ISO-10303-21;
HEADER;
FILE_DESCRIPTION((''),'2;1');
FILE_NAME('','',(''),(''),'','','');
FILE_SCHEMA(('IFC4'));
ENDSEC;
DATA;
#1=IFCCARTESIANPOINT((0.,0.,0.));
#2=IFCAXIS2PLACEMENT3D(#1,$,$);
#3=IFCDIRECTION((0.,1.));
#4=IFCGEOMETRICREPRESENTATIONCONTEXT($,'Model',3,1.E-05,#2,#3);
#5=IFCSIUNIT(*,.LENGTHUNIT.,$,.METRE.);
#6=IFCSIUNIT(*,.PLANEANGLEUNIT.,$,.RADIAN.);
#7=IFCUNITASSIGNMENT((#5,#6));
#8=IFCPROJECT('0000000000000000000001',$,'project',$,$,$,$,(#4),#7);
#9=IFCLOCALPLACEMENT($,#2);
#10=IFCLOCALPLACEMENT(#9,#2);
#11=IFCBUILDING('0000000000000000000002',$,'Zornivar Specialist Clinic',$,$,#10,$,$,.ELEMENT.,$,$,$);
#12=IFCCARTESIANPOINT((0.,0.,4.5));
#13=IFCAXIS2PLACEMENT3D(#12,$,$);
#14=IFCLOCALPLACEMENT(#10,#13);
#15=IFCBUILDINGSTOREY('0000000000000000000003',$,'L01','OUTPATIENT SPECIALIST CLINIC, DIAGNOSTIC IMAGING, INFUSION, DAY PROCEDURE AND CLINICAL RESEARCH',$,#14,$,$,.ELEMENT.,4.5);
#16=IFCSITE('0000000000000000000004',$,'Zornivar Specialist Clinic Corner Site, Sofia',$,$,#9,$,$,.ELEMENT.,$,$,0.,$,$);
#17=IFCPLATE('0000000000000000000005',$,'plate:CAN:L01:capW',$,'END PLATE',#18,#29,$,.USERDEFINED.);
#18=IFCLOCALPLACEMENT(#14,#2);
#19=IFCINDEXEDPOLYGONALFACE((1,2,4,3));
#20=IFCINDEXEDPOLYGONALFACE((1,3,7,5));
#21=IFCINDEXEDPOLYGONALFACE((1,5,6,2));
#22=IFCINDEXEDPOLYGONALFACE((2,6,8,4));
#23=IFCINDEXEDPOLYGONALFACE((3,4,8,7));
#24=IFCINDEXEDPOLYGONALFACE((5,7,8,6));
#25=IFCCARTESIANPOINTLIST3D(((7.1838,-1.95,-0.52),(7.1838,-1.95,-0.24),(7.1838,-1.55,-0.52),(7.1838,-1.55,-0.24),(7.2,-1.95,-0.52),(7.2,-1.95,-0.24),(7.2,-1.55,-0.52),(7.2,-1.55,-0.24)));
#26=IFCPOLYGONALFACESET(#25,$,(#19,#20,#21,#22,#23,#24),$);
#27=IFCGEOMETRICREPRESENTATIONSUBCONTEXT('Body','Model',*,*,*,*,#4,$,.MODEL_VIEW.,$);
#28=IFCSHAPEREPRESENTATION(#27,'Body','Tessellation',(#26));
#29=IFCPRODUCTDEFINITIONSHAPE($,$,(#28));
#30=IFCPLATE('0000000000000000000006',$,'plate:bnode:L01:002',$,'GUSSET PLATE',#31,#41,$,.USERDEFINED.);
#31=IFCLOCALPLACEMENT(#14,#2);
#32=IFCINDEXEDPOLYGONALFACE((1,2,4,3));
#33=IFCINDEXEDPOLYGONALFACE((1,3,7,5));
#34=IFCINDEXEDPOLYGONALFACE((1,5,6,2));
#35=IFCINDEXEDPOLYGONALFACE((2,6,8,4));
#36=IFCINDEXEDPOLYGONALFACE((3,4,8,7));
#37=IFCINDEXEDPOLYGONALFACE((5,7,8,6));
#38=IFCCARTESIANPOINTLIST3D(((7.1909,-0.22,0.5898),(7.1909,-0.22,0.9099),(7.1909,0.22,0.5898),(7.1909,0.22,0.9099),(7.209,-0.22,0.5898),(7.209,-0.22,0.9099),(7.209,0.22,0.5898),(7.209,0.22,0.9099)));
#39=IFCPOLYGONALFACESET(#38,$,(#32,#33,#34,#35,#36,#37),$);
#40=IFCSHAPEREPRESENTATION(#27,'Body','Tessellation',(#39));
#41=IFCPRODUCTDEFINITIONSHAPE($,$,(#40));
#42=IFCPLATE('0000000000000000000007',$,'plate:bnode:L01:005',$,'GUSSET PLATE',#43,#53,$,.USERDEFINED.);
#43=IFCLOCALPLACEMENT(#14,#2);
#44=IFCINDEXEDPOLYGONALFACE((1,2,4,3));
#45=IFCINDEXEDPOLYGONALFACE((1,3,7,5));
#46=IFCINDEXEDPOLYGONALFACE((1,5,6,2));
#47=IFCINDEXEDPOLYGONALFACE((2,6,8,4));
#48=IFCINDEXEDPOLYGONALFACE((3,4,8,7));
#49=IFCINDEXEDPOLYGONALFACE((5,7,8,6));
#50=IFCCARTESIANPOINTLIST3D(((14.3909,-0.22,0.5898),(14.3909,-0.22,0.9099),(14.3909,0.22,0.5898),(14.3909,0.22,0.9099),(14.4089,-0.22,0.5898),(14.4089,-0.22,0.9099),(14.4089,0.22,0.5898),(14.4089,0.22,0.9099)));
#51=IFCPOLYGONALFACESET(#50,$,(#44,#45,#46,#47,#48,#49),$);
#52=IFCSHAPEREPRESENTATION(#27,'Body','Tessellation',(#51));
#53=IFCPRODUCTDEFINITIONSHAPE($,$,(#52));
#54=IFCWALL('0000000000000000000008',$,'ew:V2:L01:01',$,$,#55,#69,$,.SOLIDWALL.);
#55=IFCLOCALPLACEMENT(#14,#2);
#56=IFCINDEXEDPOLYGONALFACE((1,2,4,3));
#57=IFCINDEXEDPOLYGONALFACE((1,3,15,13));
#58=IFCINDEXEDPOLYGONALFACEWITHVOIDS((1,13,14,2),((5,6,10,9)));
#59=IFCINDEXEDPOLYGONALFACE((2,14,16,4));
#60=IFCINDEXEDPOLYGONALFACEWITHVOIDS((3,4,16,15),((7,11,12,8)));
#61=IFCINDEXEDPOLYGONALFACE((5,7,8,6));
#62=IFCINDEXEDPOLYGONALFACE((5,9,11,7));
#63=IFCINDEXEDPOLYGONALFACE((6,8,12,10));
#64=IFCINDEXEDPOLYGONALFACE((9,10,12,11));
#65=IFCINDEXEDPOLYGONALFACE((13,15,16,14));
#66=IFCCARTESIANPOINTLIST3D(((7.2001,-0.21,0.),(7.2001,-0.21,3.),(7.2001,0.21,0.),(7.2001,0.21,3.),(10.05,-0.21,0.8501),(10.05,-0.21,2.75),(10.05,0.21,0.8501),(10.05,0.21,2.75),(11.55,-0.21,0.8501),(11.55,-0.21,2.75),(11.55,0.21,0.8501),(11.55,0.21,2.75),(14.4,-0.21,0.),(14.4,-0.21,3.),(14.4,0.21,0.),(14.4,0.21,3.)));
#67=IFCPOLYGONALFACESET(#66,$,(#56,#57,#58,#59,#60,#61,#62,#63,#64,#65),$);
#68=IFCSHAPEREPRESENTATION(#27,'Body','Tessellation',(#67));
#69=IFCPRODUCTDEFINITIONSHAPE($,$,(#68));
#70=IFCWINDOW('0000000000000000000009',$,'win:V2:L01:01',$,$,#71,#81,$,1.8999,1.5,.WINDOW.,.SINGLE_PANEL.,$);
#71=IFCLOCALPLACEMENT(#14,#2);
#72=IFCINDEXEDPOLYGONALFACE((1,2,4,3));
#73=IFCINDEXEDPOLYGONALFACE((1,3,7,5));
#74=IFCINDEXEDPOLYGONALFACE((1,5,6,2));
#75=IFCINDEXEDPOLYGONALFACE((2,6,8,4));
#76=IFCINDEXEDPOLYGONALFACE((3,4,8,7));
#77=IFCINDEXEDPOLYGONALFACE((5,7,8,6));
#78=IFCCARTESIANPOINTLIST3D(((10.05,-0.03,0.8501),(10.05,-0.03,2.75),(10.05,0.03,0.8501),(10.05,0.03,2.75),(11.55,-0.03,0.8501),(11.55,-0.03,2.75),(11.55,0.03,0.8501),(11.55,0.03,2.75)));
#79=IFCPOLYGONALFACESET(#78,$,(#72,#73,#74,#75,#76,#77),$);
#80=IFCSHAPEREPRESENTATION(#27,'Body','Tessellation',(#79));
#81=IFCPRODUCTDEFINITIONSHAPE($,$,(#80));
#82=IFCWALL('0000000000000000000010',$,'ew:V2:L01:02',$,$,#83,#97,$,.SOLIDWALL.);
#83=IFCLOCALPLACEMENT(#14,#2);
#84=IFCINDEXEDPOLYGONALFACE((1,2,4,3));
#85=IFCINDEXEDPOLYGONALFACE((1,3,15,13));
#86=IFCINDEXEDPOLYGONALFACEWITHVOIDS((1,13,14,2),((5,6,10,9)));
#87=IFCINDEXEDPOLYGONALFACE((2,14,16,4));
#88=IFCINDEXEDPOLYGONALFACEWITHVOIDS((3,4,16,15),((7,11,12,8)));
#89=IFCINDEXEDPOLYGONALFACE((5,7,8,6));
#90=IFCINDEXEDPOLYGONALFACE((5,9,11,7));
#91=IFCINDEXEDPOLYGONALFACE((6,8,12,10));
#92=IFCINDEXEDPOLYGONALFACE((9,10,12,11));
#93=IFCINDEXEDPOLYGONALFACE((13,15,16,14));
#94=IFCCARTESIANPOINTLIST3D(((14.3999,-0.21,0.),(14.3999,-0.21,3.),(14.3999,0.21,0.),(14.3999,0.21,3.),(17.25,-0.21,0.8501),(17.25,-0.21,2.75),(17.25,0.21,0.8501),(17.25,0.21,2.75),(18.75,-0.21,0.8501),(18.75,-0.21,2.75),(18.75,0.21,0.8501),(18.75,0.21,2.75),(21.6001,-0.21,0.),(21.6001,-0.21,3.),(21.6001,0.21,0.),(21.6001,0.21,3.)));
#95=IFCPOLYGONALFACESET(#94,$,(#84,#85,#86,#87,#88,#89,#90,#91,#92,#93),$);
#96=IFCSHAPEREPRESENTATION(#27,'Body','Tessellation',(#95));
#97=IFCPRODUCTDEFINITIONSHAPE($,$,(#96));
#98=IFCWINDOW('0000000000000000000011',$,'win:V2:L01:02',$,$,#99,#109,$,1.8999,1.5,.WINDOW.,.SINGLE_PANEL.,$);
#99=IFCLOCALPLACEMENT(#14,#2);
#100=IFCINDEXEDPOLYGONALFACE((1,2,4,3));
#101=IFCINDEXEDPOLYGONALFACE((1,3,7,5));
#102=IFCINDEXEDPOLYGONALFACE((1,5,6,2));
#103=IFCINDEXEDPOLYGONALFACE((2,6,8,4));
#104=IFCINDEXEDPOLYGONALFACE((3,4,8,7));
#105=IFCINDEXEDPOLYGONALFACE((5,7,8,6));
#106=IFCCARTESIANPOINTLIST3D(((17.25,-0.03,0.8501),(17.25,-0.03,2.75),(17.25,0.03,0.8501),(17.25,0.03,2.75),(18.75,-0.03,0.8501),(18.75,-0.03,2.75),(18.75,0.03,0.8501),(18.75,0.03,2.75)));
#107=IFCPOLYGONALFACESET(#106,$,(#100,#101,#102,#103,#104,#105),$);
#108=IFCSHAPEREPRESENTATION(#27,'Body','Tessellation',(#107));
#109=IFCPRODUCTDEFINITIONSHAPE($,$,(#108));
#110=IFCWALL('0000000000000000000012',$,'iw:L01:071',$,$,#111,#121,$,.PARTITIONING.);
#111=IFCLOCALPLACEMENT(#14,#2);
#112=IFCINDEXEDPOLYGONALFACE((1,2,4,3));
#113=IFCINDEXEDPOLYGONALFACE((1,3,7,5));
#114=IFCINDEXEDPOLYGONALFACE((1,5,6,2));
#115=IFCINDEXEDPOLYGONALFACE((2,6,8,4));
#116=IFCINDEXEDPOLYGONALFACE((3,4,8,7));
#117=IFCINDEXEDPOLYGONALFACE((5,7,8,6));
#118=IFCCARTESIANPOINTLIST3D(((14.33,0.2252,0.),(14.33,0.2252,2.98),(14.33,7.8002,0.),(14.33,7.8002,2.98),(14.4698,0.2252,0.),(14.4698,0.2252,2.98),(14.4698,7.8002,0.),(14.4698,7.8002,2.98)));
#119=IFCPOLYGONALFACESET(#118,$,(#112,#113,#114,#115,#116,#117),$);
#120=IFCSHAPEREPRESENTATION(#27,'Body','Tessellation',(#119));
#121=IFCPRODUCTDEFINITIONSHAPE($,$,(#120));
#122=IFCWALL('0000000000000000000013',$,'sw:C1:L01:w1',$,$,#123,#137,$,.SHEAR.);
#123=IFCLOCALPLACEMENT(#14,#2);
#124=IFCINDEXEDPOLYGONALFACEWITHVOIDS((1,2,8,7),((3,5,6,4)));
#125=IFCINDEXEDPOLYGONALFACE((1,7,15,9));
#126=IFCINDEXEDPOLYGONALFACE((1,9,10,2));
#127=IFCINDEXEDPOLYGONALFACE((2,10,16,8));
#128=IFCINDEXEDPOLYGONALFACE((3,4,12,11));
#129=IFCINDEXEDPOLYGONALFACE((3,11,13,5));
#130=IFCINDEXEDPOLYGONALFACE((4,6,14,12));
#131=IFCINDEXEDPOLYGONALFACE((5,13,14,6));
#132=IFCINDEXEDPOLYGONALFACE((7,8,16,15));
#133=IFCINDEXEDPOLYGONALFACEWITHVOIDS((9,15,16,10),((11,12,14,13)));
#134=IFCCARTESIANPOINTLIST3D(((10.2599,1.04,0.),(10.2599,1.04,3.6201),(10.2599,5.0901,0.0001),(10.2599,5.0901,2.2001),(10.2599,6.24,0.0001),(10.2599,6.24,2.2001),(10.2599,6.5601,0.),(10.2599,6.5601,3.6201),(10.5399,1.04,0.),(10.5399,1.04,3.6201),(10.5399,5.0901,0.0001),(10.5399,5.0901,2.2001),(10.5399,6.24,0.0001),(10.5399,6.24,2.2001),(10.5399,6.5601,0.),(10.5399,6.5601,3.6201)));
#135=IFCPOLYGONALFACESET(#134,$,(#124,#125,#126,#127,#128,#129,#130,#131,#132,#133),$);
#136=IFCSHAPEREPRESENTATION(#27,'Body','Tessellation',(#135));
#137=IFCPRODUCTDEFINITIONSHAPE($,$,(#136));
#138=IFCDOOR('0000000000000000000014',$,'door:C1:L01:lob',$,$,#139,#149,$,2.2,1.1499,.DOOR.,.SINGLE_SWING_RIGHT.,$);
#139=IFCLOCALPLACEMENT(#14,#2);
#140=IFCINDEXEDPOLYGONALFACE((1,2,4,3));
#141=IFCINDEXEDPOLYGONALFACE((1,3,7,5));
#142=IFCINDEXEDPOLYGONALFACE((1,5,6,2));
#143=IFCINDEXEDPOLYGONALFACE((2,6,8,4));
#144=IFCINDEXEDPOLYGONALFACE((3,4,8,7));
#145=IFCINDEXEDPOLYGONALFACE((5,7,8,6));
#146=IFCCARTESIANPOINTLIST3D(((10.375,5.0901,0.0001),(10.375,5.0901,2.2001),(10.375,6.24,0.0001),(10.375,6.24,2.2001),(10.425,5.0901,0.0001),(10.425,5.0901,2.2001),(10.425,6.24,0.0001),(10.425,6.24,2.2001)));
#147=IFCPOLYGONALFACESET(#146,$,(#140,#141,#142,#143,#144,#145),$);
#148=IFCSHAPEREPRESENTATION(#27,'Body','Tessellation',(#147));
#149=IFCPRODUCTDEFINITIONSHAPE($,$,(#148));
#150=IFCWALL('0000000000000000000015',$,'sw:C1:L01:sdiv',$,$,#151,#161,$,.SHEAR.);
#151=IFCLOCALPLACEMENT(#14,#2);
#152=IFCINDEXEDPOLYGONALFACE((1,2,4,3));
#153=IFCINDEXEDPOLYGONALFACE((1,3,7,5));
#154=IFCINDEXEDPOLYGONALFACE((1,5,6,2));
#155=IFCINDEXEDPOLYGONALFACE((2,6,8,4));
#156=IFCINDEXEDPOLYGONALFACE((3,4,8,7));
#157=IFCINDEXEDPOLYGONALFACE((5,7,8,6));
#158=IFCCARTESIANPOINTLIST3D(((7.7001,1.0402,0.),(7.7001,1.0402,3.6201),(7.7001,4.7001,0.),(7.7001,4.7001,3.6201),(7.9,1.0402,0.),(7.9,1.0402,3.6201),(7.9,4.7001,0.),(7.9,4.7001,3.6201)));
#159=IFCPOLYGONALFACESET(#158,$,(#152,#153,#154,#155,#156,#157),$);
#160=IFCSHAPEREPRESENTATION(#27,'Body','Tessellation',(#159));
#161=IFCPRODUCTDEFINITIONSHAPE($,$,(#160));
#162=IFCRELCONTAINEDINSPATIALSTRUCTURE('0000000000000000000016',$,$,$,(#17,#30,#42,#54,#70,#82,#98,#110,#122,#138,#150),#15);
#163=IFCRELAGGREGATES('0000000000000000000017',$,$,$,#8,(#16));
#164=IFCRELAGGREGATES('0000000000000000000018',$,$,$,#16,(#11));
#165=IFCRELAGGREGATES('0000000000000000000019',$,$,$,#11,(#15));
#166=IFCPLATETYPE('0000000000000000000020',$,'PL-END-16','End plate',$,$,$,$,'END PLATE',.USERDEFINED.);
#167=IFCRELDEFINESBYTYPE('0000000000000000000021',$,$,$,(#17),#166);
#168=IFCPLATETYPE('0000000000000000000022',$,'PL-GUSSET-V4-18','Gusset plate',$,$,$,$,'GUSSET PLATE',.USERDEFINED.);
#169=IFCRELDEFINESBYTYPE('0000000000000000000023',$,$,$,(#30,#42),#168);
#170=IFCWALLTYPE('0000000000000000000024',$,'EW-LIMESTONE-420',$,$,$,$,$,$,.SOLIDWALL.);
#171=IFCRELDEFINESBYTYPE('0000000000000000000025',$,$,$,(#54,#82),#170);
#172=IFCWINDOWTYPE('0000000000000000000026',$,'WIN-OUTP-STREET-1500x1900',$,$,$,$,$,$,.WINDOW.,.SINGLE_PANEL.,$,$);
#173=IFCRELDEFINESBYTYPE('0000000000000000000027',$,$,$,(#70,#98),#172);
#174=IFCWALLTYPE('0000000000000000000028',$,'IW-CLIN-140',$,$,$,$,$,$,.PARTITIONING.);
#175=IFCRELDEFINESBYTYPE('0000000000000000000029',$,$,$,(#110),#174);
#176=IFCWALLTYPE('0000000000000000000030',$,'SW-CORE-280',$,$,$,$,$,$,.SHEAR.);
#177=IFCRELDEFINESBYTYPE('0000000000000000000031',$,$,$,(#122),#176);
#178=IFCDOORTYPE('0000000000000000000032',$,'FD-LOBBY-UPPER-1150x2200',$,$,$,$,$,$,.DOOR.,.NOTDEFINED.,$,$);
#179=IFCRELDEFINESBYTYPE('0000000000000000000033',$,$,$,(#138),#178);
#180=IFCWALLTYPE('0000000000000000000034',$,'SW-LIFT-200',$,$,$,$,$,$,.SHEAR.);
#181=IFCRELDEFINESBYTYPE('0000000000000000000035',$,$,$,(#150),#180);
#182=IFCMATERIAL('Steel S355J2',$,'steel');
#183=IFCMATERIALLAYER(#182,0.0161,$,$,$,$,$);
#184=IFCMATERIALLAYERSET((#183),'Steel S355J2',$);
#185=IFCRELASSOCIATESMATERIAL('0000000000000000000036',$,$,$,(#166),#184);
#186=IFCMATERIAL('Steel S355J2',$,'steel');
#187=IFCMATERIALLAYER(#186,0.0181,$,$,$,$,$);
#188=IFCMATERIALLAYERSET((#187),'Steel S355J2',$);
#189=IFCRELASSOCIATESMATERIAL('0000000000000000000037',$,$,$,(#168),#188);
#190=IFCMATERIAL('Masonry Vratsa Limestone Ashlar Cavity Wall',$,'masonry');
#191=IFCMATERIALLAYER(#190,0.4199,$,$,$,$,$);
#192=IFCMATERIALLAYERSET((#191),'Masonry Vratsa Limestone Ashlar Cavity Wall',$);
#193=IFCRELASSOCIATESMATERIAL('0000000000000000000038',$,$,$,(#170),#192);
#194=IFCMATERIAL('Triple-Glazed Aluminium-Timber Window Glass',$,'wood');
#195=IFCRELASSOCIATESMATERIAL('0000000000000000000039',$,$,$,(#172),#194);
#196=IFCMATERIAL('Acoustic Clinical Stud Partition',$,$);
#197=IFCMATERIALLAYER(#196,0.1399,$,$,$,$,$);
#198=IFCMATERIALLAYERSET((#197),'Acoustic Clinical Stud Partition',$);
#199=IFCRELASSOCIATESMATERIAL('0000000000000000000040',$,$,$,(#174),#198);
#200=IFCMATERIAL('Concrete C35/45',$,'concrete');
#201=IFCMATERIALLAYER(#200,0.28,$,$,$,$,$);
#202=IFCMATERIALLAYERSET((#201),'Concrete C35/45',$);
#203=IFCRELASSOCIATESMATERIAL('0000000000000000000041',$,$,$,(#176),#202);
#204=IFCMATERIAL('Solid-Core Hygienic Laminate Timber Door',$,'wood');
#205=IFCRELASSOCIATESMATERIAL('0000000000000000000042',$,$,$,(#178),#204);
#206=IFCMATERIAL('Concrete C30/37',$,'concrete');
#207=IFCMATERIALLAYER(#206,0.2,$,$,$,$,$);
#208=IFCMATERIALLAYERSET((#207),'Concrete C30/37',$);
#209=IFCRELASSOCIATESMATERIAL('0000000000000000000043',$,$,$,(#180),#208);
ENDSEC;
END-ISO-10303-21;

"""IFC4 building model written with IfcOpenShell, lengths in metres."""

from ifc_helpers import new_model, si_unit, direction, frame, frame_2d, origin, origin_2d, place, context, subcontext, project, spatial, rectangle, extrude, material, layer, layer_set, type_object, element, fill, save


model = new_model("IFC4")

# Units and contexts
model_context = context("Model", 3, precision=1e-05, world=origin(), true_north=direction((0.0, 1.0)))
body_context = subcontext(model_context, "Body", "Model", "MODEL_VIEW")
ifc_project = project(units=[si_unit("LENGTHUNIT", "METRE"), si_unit("PLANEANGLEUNIT", "RADIAN")], contexts=[model_context])

# Site, building, storey
site_placement = place(None, origin())
site = spatial("IfcSite", under=ifc_project, at=site_placement, Name="Zornivar Specialist Clinic Corner Site, Sofia", CompositionType="ELEMENT", RefElevation=0.0)
building_placement = place(site_placement, origin())
building = spatial("IfcBuilding", under=site, at=building_placement, Name="Zornivar Specialist Clinic", CompositionType="ELEMENT")
storey_placement = place(building_placement, frame((0.0, 0.0, 4.5)))
storey = spatial("IfcBuildingStorey", under=building, at=storey_placement, Name="L01", Description="OUTPATIENT SPECIALIST CLINIC, DIAGNOSTIC IMAGING, INFUSION, DAY PROCEDURE AND CLINICAL RESEARCH", CompositionType="ELEMENT", Elevation=4.5)

# Plates
ifc_material_1 = material(Name="Steel S355J2", Category="steel")
ifc_layer_1 = layer(ifc_material_1, 0.0161)
ifc_layer_set_1 = layer_set([ifc_layer_1], Name="Steel S355J2")
plate_type_1 = type_object("IfcPlateType", Name="PL-END-16", Description="End plate", ElementType="END PLATE", PredefinedType="USERDEFINED", material=ifc_layer_set_1)
plate_placement = place(storey_placement, frame((7.1919, -1.75, -0.52), z_axis=(0.0, 0.0, 1.0), x_axis=(1.0, 0.0, 0.0)))
element("IfcPlate", 1, at=plate_placement, inside=storey, type_object=plate_type_1, Name="plate:CAN:L01:capW", ObjectType="END PLATE", PredefinedType="USERDEFINED", context=body_context, shape_type="SweptSolid", body=[
    extrude(rectangle(XDim=0.0161, YDim=0.3999, at=origin_2d()), origin(), (0.0, 0.0, 1.0), 0.28),
])
ifc_material_2 = material(Name="Steel S355J2", Category="steel")
ifc_layer_2 = layer(ifc_material_2, 0.0181)
ifc_layer_set_2 = layer_set([ifc_layer_2], Name="Steel S355J2")
plate_type_2 = type_object("IfcPlateType", Name="PL-GUSSET-V4-18", Description="Gusset plate", ElementType="GUSSET PLATE", PredefinedType="USERDEFINED", material=ifc_layer_set_2)
for number, where, z_axis, x_axis, name in (
    (2, (7.2, 0.0, 0.5898), (0.0, 0.0, 1.0), (0.0, 1.0, 0.0), "plate:bnode:L01:002"),
    (3, (14.3999, 0.0, 0.5898), (0.0, 0.0, 1.0), (0.0, 1.0, 0.0), "plate:bnode:L01:005"),
):
    element("IfcPlate", number, at=place(storey_placement, frame(where, z_axis=z_axis, x_axis=x_axis)), inside=storey, type_object=plate_type_2, Name=name, ObjectType="GUSSET PLATE", PredefinedType="USERDEFINED", context=body_context, shape_type="SweptSolid", body=[
        extrude(rectangle(XDim=0.4399, YDim=0.0181, at=origin_2d()), origin(), (0.0, 0.0, 1.0), 0.3201),
    ])

# Walls, openings, windows
ifc_material_3 = material(Name="Masonry Vratsa Limestone Ashlar Cavity Wall", Category="masonry")
ifc_layer_3 = layer(ifc_material_3, 0.4199)
ifc_layer_set_3 = layer_set([ifc_layer_3], Name="Masonry Vratsa Limestone Ashlar Cavity Wall")
wall_type_1 = type_object("IfcWallType", Name="EW-LIMESTONE-420", PredefinedType="SOLIDWALL", material=ifc_layer_set_3)
wall_1_placement = place(storey_placement, frame((7.2, 0.0, 0.0), z_axis=(0.0, 0.0, 1.0), x_axis=(1.0, 0.0, 0.0)))
wall_1 = element("IfcWall", 4, at=wall_1_placement, inside=storey, type_object=wall_type_1, Name="ew:V2:L01:01", PredefinedType="SOLIDWALL", context=body_context, shape_type="SweptSolid", body=[
    extrude(rectangle(XDim=7.2, YDim=0.4199, at=frame_2d((3.6001, 0.0))), origin(), (0.0, 0.0, 1.0), 3.0),
])
opening_1_placement = place(wall_1_placement, frame((2.8501, 0.0, 0.8501)))
opening_1 = element("IfcOpeningElement", 5, at=opening_1_placement, cuts=wall_1, PredefinedType="OPENING", context=body_context, shape_type="SweptSolid", body=[
    extrude(rectangle(XDim=1.5, YDim=1.8999, at=frame_2d((0.75, 0.95))), frame((0.0, 0.22, 0.0), z_axis=(0.0, -1.0, 0.0), x_axis=(1.0, 0.0, 0.0)), (0.0, 0.0, 1.0), 0.4399),
])
ifc_material_4 = material(Name="Triple-Glazed Aluminium-Timber Window Glass", Category="wood")
window_type = type_object("IfcWindowType", Name="WIN-OUTP-STREET-1500x1900", PartitioningType="SINGLE_PANEL", PredefinedType="WINDOW", material=ifc_material_4)
window_1_placement = place(opening_1_placement, origin())
window_1 = element("IfcWindow", 6, at=window_1_placement, inside=storey, type_object=window_type, Name="win:V2:L01:01", OverallHeight=1.8999, OverallWidth=1.5, PartitioningType="SINGLE_PANEL", PredefinedType="WINDOW", context=body_context, shape_type="SweptSolid", body=[
    extrude(rectangle(XDim=1.5, YDim=1.8999, at=frame_2d((0.75, 0.95))), frame((0.0, 0.03, 0.0), z_axis=(0.0, -1.0, 0.0), x_axis=(1.0, 0.0, 0.0)), (0.0, 0.0, 1.0), 0.0601),
])
fill(opening_1, window_1)
wall_2_placement = place(storey_placement, frame((14.3999, 0.0, 0.0), z_axis=(0.0, 0.0, 1.0), x_axis=(1.0, 0.0, 0.0)))
wall_2 = element("IfcWall", 7, at=wall_2_placement, inside=storey, type_object=wall_type_1, Name="ew:V2:L01:02", PredefinedType="SOLIDWALL", context=body_context, shape_type="SweptSolid", body=[
    extrude(rectangle(XDim=7.2002, YDim=0.4199, at=frame_2d((3.6001, 0.0))), origin(), (0.0, 0.0, 1.0), 3.0),
])
opening_2_placement = place(wall_2_placement, frame((2.8501, 0.0, 0.8501)))
opening_2 = element("IfcOpeningElement", 8, at=opening_2_placement, cuts=wall_2, PredefinedType="OPENING", context=body_context, shape_type="SweptSolid", body=[
    extrude(rectangle(XDim=1.5, YDim=1.8999, at=frame_2d((0.75, 0.95))), frame((0.0, 0.22, 0.0), z_axis=(0.0, -1.0, 0.0), x_axis=(1.0, 0.0, 0.0)), (0.0, 0.0, 1.0), 0.4399),
])
window_2_placement = place(opening_2_placement, origin())
window_2 = element("IfcWindow", 9, at=window_2_placement, inside=storey, type_object=window_type, Name="win:V2:L01:02", OverallHeight=1.8999, OverallWidth=1.5, PartitioningType="SINGLE_PANEL", PredefinedType="WINDOW", context=body_context, shape_type="SweptSolid", body=[
    extrude(rectangle(XDim=1.5, YDim=1.8999, at=frame_2d((0.75, 0.95))), frame((0.0, 0.03, 0.0), z_axis=(0.0, -1.0, 0.0), x_axis=(1.0, 0.0, 0.0)), (0.0, 0.0, 1.0), 0.0601),
])
fill(opening_2, window_2)

# Wall
ifc_material_5 = material(Name="Acoustic Clinical Stud Partition")
ifc_layer_4 = layer(ifc_material_5, 0.1399)
ifc_layer_set_4 = layer_set([ifc_layer_4], Name="Acoustic Clinical Stud Partition")
wall_type_2 = type_object("IfcWallType", Name="IW-CLIN-140", PredefinedType="PARTITIONING", material=ifc_layer_set_4)
wall_3_placement = place(storey_placement, frame((14.3999, 0.2251, 0.0), z_axis=(0.0, 0.0, 1.0), x_axis=(0.0, 1.0, 0.0)))
element("IfcWall", 10, at=wall_3_placement, inside=storey, type_object=wall_type_2, Name="iw:L01:071", PredefinedType="PARTITIONING", context=body_context, shape_type="SweptSolid", body=[
    extrude(rectangle(XDim=7.575, YDim=0.1399, at=frame_2d((3.7876, 0.0))), origin(), (0.0, 0.0, 1.0), 2.98),
])

# Wall, opening, door
ifc_material_6 = material(Name="Concrete C35/45", Category="concrete")
ifc_layer_5 = layer(ifc_material_6, 0.28)
ifc_layer_set_5 = layer_set([ifc_layer_5], Name="Concrete C35/45")
wall_type_3 = type_object("IfcWallType", Name="SW-CORE-280", PredefinedType="SHEAR", material=ifc_layer_set_5)
wall_4_placement = place(storey_placement, frame((10.3999, 1.04, 0.0), z_axis=(0.0, 0.0, 1.0), x_axis=(0.0, 1.0, 0.0)))
wall_4 = element("IfcWall", 11, at=wall_4_placement, inside=storey, type_object=wall_type_3, Name="sw:C1:L01:w1", PredefinedType="SHEAR", context=body_context, shape_type="SweptSolid", body=[
    extrude(rectangle(XDim=5.52, YDim=0.28, at=frame_2d((2.76, 0.0))), origin(), (0.0, 0.0, 1.0), 3.6201),
])
opening_3_placement = place(wall_4_placement, frame((4.05, 0.0, 0.0)))
opening_3 = element("IfcOpeningElement", 12, at=opening_3_placement, cuts=wall_4, PredefinedType="OPENING", context=body_context, shape_type="SweptSolid", body=[
    extrude(rectangle(XDim=1.1499, YDim=2.2, at=frame_2d((0.575, 1.1001))), frame((0.0, 0.1499, 0.0), z_axis=(0.0, -1.0, 0.0), x_axis=(1.0, 0.0, 0.0)), (0.0, 0.0, 1.0), 0.3),
])
ifc_material_7 = material(Name="Solid-Core Hygienic Laminate Timber Door", Category="wood")
door_type = type_object("IfcDoorType", Name="FD-LOBBY-UPPER-1150x2200", OperationType="NOTDEFINED", PredefinedType="DOOR", material=ifc_material_7)
door_placement = place(opening_3_placement, origin())
door = element("IfcDoor", 13, at=door_placement, inside=storey, type_object=door_type, Name="door:C1:L01:lob", OperationType="SINGLE_SWING_RIGHT", OverallHeight=2.2, OverallWidth=1.1499, PredefinedType="DOOR", context=body_context, shape_type="SweptSolid", body=[
    extrude(rectangle(XDim=1.1499, YDim=2.2, at=frame_2d((0.575, 1.1001))), frame((0.0, 0.0249, 0.0), z_axis=(0.0, -1.0, 0.0), x_axis=(1.0, 0.0, 0.0)), (0.0, 0.0, 1.0), 0.05),
])
fill(opening_3, door)

# Wall
ifc_material_8 = material(Name="Concrete C30/37", Category="concrete")
ifc_layer_6 = layer(ifc_material_8, 0.2)
ifc_layer_set_6 = layer_set([ifc_layer_6], Name="Concrete C30/37")
wall_type_4 = type_object("IfcWallType", Name="SW-LIFT-200", PredefinedType="SHEAR", material=ifc_layer_set_6)
wall_5_placement = place(storey_placement, frame((7.8, 1.04, 0.0), z_axis=(0.0, 0.0, 1.0), x_axis=(0.0, 1.0, 0.0)))
element("IfcWall", 14, at=wall_5_placement, inside=storey, type_object=wall_type_4, Name="sw:C1:L01:sdiv", PredefinedType="SHEAR", context=body_context, shape_type="SweptSolid", body=[
    extrude(rectangle(XDim=3.6599, YDim=0.2, at=frame_2d((1.8301, 0.0))), origin(), (0.0, 0.0, 1.0), 3.6201),
])

save(model, "model.ifc")
